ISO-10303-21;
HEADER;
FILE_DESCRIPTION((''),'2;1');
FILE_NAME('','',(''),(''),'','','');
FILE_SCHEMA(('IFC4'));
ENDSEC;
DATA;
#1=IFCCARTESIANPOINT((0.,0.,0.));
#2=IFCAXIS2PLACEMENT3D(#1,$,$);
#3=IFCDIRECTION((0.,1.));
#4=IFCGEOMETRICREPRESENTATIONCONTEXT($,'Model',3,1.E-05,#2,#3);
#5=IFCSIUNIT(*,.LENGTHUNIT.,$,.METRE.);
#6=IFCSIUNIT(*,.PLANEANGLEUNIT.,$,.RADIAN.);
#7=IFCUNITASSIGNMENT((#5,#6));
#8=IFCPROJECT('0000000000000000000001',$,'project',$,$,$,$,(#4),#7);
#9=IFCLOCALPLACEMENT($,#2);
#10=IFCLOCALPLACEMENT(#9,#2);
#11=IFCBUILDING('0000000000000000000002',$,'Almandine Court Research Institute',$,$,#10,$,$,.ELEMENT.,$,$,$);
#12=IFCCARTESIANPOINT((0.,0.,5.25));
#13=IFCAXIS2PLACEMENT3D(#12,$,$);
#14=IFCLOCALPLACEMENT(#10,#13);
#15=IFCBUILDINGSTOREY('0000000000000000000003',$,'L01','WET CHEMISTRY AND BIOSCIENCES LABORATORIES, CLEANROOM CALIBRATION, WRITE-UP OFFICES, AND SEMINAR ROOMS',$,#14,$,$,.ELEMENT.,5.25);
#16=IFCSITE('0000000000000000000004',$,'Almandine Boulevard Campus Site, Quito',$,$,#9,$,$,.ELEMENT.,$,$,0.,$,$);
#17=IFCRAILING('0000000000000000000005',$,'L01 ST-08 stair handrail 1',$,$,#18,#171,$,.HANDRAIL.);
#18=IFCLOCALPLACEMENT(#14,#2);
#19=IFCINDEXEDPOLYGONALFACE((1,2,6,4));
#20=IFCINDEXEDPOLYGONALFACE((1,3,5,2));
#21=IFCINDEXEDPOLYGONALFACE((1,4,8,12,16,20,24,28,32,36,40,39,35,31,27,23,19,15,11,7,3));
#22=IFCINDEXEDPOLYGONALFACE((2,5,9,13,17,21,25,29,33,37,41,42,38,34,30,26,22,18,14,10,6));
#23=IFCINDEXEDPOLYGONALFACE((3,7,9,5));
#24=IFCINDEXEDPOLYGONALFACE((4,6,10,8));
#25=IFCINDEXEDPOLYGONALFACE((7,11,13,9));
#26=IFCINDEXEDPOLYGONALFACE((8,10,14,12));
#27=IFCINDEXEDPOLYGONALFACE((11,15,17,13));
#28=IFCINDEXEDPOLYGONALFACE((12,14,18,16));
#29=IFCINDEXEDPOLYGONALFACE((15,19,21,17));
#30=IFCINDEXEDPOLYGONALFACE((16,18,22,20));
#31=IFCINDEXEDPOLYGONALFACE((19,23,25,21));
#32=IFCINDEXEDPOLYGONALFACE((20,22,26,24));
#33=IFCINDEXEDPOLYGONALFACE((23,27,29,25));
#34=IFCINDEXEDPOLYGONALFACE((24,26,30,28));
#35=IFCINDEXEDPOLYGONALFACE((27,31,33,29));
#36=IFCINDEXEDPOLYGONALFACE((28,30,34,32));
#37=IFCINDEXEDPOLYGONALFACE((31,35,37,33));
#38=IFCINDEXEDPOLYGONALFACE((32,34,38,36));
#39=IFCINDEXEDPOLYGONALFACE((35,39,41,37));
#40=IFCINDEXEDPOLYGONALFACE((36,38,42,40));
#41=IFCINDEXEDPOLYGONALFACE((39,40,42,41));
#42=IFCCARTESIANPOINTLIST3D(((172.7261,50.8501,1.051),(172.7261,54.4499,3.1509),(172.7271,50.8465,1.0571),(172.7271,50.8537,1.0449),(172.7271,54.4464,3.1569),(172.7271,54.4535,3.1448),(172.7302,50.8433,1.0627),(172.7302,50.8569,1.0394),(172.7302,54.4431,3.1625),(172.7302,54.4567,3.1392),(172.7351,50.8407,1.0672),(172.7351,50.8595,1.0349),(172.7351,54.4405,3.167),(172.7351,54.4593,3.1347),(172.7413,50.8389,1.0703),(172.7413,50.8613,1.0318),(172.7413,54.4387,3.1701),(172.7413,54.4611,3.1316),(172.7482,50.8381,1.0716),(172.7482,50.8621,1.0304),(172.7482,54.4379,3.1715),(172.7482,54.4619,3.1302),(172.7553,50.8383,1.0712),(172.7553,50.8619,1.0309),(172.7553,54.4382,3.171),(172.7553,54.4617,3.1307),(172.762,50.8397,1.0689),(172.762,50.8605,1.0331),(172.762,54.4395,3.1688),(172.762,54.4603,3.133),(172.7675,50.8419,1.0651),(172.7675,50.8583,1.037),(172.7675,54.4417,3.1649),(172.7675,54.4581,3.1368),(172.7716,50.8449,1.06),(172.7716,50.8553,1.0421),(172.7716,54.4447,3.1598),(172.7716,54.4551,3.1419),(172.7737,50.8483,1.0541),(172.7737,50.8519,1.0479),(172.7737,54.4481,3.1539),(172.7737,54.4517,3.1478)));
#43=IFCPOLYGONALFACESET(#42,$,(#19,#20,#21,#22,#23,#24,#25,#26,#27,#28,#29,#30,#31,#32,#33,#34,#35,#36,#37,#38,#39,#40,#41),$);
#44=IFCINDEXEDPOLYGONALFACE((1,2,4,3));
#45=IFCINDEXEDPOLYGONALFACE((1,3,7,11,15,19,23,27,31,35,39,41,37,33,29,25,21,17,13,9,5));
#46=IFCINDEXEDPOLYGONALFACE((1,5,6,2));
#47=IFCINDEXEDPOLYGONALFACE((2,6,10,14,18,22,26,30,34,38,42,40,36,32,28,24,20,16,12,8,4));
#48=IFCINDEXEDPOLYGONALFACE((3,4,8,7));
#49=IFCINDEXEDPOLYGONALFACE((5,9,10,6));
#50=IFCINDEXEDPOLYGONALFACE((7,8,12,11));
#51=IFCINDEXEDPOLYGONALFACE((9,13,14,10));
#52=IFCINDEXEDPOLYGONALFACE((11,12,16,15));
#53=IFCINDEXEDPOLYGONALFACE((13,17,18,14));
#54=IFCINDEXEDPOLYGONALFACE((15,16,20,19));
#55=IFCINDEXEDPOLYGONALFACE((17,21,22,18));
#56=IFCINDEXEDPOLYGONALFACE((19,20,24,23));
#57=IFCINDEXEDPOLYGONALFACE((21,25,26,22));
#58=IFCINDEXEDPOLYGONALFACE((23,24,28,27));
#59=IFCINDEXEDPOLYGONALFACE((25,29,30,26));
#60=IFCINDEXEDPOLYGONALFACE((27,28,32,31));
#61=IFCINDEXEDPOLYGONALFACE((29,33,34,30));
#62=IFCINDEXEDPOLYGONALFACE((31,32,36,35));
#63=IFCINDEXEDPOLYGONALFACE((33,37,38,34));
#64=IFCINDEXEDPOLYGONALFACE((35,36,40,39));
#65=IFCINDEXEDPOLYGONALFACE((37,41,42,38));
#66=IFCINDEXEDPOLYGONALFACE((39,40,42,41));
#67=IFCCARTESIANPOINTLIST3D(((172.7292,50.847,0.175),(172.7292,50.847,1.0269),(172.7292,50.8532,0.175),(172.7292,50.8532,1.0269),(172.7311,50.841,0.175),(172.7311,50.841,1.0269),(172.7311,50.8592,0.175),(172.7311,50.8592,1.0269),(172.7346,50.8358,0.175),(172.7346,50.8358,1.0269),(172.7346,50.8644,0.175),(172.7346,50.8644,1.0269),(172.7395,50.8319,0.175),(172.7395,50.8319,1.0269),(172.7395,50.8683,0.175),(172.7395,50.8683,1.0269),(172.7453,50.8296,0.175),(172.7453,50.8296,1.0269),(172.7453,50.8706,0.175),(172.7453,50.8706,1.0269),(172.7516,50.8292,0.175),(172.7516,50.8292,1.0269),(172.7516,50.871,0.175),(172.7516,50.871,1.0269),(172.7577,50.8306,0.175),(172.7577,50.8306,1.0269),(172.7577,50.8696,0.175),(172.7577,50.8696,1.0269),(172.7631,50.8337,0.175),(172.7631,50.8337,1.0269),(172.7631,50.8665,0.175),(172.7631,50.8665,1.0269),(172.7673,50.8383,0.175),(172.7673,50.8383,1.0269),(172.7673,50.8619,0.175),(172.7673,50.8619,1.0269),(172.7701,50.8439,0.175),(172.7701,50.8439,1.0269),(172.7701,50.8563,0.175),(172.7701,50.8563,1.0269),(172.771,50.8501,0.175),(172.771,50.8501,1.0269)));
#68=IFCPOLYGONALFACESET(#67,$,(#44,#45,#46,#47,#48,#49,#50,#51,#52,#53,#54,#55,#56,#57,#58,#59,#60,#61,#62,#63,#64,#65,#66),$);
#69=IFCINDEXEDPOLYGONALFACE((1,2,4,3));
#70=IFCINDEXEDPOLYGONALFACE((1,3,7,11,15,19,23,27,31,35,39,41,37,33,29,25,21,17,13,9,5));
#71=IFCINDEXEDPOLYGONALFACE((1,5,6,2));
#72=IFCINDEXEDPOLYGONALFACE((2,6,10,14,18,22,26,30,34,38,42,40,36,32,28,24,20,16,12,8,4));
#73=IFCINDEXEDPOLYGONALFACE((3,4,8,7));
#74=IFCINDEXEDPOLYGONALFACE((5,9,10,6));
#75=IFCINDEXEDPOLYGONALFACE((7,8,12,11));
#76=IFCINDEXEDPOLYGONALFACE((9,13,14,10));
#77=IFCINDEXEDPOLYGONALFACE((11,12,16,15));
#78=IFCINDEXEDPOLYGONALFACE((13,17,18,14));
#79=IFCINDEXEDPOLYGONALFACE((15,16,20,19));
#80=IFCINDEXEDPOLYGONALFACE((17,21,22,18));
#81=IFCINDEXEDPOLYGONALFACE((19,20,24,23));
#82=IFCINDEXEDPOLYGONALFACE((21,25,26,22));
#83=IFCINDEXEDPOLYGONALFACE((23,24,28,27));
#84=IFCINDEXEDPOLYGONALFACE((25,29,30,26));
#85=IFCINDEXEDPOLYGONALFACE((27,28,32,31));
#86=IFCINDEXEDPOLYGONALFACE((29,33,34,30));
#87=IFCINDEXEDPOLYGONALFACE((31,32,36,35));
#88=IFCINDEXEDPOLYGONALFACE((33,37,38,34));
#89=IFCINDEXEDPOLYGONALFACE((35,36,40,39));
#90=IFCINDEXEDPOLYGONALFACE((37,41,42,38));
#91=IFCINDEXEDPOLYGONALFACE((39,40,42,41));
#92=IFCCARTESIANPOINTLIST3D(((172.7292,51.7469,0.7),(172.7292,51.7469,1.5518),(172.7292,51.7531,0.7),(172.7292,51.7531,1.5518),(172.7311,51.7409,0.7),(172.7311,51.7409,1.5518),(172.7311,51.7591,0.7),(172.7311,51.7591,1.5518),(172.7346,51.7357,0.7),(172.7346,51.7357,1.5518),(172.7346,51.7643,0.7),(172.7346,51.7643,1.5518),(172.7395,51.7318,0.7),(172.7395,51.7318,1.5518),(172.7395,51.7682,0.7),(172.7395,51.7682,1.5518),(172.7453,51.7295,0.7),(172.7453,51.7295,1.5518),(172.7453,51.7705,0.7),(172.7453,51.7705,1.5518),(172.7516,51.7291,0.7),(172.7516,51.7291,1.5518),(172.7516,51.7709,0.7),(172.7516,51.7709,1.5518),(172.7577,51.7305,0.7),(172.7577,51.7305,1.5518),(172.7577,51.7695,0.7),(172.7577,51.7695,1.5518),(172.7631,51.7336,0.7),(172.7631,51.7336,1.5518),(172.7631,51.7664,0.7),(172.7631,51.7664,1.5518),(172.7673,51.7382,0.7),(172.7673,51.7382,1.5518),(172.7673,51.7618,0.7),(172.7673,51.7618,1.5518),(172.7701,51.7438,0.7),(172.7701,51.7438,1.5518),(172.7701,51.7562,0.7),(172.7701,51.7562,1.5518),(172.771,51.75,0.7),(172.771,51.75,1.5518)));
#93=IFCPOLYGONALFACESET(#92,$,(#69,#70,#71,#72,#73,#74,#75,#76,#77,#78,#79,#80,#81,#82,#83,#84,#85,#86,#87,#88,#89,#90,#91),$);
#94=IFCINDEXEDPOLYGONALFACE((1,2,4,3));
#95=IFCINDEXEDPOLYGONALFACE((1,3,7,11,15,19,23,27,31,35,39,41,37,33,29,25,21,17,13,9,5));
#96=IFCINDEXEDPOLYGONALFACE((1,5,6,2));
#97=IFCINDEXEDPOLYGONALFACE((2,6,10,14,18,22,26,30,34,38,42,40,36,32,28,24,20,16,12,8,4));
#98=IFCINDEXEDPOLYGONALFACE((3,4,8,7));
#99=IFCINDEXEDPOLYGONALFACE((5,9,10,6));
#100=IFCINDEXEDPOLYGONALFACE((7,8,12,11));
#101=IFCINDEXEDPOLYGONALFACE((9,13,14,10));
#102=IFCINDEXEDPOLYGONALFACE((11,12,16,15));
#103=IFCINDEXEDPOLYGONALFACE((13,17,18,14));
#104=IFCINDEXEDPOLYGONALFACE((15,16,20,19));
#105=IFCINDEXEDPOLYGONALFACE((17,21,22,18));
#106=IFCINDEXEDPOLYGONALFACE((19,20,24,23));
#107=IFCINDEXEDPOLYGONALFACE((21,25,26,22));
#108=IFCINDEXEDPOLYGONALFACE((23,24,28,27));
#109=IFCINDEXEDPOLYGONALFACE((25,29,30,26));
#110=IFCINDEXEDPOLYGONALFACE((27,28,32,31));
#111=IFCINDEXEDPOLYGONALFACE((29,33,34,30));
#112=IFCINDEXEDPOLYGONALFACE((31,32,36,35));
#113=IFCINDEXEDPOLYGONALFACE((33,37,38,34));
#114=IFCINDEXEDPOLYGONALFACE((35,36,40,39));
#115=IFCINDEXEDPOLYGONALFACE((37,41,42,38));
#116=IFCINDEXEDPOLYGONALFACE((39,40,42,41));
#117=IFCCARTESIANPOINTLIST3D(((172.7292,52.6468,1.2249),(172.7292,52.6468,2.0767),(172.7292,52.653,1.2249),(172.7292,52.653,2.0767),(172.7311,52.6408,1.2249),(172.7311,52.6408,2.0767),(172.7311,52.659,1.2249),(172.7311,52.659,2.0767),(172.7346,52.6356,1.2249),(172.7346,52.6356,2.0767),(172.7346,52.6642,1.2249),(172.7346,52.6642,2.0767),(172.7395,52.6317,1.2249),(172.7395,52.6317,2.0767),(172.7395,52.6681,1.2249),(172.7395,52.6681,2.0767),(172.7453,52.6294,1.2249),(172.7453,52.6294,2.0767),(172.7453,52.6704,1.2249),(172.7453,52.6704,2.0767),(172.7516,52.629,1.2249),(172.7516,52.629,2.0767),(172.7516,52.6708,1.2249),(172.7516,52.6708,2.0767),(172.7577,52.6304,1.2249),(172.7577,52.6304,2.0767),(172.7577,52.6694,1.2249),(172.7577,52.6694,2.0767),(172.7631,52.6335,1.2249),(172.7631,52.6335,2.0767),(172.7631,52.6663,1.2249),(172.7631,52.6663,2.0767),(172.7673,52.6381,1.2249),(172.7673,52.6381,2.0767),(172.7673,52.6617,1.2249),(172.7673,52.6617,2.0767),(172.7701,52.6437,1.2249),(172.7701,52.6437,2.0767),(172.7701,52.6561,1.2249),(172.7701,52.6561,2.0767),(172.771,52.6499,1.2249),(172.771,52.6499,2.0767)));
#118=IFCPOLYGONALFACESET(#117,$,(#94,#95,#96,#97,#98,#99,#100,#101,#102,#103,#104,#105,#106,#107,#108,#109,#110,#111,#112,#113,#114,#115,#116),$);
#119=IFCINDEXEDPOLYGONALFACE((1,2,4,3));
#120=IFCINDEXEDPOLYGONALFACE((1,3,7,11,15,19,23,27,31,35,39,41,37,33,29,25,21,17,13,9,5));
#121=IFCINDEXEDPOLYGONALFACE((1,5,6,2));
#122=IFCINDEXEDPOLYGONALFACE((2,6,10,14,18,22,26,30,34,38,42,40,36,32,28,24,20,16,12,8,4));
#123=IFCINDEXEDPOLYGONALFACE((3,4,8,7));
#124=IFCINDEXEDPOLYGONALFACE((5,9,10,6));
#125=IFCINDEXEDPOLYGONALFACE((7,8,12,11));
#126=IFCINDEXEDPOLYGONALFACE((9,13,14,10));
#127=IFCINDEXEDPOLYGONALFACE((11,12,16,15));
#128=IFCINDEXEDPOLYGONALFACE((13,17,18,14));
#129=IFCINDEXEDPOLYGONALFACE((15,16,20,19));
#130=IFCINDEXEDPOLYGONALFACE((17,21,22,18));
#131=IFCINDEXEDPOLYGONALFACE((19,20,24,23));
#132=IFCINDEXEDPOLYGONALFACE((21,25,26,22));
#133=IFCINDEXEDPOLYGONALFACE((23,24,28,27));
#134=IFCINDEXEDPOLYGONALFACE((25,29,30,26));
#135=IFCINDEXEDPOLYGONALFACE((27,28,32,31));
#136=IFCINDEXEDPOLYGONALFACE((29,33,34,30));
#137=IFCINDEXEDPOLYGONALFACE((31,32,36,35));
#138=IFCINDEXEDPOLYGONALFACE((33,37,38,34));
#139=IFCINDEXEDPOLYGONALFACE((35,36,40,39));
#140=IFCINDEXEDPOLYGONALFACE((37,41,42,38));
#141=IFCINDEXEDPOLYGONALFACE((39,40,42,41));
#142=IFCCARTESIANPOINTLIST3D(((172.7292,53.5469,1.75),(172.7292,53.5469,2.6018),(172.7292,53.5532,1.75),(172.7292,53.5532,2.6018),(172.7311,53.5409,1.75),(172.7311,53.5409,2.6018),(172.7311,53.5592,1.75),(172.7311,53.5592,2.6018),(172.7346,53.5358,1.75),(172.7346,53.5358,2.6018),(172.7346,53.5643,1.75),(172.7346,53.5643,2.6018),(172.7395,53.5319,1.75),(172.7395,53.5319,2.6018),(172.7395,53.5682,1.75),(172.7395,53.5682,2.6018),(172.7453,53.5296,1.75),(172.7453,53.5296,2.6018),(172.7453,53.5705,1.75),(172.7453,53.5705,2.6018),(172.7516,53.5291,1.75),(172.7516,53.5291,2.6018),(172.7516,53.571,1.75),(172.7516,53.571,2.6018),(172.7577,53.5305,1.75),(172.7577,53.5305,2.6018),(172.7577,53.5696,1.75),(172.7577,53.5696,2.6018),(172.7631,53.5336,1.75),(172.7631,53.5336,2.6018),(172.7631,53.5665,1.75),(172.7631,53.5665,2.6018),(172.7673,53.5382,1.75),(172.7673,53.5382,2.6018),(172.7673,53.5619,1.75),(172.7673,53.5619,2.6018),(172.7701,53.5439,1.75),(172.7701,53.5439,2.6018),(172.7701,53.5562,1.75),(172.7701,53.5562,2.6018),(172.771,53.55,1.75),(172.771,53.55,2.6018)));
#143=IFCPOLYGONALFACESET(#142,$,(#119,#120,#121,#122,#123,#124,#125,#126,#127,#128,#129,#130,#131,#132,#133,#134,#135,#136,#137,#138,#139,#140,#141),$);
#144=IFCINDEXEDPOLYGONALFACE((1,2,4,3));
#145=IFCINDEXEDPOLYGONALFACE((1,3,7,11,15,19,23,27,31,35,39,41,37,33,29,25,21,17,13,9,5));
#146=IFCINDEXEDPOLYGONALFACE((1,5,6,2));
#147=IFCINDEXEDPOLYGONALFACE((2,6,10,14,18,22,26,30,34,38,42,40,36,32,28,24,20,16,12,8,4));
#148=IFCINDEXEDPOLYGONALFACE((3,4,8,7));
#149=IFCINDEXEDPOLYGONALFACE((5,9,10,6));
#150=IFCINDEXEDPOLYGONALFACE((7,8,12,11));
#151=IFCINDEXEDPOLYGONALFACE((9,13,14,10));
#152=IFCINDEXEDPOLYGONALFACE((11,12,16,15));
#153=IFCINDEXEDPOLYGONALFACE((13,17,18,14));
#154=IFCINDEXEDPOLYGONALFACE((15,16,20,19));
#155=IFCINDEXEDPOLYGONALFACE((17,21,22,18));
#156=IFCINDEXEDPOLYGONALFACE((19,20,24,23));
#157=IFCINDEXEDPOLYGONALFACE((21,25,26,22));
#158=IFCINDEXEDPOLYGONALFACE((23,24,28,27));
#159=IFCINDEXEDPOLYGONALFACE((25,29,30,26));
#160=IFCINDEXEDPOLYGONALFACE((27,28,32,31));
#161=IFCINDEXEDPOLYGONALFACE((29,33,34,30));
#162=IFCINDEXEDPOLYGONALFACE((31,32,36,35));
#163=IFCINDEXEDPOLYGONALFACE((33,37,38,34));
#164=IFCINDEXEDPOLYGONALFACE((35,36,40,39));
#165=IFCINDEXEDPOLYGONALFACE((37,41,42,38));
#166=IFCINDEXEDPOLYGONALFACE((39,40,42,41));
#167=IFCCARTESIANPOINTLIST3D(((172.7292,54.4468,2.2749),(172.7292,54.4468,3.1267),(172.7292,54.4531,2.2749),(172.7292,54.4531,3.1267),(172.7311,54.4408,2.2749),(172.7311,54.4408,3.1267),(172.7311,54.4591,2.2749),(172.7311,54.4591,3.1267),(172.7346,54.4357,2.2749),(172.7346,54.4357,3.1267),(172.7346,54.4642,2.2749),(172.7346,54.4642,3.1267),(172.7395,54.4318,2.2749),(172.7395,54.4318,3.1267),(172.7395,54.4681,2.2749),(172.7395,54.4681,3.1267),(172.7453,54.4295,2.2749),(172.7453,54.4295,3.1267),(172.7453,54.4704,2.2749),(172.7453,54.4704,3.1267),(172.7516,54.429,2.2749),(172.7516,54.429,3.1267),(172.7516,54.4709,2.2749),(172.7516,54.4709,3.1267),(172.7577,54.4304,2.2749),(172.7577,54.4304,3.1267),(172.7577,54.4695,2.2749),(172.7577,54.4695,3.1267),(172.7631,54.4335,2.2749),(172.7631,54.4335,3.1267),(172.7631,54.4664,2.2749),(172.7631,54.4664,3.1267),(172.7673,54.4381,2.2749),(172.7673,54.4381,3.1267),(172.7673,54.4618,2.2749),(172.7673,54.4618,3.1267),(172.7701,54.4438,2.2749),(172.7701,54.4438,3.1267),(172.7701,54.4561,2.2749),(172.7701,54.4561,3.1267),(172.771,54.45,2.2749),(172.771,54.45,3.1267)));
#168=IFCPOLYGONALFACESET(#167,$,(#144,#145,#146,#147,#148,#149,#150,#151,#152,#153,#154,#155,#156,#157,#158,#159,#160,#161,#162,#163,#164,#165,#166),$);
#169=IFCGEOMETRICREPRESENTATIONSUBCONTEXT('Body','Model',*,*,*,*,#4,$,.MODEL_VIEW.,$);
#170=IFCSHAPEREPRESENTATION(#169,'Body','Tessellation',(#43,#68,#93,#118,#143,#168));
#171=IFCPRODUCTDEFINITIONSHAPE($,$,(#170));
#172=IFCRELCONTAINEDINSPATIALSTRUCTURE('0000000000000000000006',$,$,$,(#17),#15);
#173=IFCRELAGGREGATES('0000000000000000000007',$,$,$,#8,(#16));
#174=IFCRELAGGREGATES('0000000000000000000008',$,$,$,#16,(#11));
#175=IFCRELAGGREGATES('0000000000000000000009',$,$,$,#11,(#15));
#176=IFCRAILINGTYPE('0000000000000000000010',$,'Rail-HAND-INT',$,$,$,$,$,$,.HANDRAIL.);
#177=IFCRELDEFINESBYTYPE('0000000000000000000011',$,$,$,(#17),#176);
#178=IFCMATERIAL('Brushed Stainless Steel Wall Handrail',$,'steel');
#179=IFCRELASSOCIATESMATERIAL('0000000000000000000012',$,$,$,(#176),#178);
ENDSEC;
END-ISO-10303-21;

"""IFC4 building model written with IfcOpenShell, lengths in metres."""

from ifc_helpers import new_model, si_unit, direction, frame, origin, origin_2d, place, context, subcontext, project, spatial, circle, extrude, material, type_object, element, save


model = new_model("IFC4")

# Units and contexts
model_context = context("Model", 3, precision=1e-05, world=origin(), true_north=direction((0.0, 1.0)))
body_context = subcontext(model_context, "Body", "Model", "MODEL_VIEW")
ifc_project = project(units=[si_unit("LENGTHUNIT", "METRE"), si_unit("PLANEANGLEUNIT", "RADIAN")], contexts=[model_context])

# Site, building, storey
site_placement = place(None, origin())
site = spatial("IfcSite", under=ifc_project, at=site_placement, Name="Almandine Boulevard Campus Site, Quito", CompositionType="ELEMENT", RefElevation=0.0)
building_placement = place(site_placement, origin())
building = spatial("IfcBuilding", under=site, at=building_placement, Name="Almandine Court Research Institute", CompositionType="ELEMENT")
storey_placement = place(building_placement, frame((0.0, 0.0, 5.25)))
storey = spatial("IfcBuildingStorey", under=building, at=storey_placement, Name="L01", Description="WET CHEMISTRY AND BIOSCIENCES LABORATORIES, CLEANROOM CALIBRATION, WRITE-UP OFFICES, AND SEMINAR ROOMS", CompositionType="ELEMENT", Elevation=5.25)

# Railing
ifc_material_1 = material(Name="Brushed Stainless Steel Wall Handrail", Category="steel")
railing_type_1 = type_object("IfcRailingType", Name="Rail-HAND-INT", PredefinedType="HANDRAIL", material=ifc_material_1)
railing_1_placement = place(storey_placement, frame((172.75, 50.8501, 0.175)))
element("IfcRailing", 1, at=railing_1_placement, inside=storey, type_object=railing_type_1, Name="L01 ST-08 stair handrail 1", PredefinedType="HANDRAIL", context=body_context, shape_type="SweptSolid", body=[
    extrude(circle(Radius=0.0239, at=origin_2d()), frame((0.0, 0.0, 0.876), z_axis=(0.0, 0.863785, 0.50386), x_axis=(-1.0, 0.0, 0.0)), (0.0, 0.0, 1.0), 4.1675),
    extrude(circle(Radius=0.021, at=origin_2d()), origin(), (0.0, 0.0, 1.0), 0.8518),
    extrude(circle(Radius=0.021, at=origin_2d()), frame((0.0, 0.8999, 0.5249)), (0.0, 0.0, 1.0), 0.8518),
    extrude(circle(Radius=0.021, at=origin_2d()), frame((0.0, 1.7998, 1.0498)), (0.0, 0.0, 1.0), 0.8518),
    extrude(circle(Radius=0.021, at=origin_2d()), frame((0.0, 2.7, 1.575)), (0.0, 0.0, 1.0), 0.8518),
    extrude(circle(Radius=0.021, at=origin_2d()), frame((0.0, 3.5999, 2.0999)), (0.0, 0.0, 1.0), 0.8518),
])

save(model, "model.ifc")
